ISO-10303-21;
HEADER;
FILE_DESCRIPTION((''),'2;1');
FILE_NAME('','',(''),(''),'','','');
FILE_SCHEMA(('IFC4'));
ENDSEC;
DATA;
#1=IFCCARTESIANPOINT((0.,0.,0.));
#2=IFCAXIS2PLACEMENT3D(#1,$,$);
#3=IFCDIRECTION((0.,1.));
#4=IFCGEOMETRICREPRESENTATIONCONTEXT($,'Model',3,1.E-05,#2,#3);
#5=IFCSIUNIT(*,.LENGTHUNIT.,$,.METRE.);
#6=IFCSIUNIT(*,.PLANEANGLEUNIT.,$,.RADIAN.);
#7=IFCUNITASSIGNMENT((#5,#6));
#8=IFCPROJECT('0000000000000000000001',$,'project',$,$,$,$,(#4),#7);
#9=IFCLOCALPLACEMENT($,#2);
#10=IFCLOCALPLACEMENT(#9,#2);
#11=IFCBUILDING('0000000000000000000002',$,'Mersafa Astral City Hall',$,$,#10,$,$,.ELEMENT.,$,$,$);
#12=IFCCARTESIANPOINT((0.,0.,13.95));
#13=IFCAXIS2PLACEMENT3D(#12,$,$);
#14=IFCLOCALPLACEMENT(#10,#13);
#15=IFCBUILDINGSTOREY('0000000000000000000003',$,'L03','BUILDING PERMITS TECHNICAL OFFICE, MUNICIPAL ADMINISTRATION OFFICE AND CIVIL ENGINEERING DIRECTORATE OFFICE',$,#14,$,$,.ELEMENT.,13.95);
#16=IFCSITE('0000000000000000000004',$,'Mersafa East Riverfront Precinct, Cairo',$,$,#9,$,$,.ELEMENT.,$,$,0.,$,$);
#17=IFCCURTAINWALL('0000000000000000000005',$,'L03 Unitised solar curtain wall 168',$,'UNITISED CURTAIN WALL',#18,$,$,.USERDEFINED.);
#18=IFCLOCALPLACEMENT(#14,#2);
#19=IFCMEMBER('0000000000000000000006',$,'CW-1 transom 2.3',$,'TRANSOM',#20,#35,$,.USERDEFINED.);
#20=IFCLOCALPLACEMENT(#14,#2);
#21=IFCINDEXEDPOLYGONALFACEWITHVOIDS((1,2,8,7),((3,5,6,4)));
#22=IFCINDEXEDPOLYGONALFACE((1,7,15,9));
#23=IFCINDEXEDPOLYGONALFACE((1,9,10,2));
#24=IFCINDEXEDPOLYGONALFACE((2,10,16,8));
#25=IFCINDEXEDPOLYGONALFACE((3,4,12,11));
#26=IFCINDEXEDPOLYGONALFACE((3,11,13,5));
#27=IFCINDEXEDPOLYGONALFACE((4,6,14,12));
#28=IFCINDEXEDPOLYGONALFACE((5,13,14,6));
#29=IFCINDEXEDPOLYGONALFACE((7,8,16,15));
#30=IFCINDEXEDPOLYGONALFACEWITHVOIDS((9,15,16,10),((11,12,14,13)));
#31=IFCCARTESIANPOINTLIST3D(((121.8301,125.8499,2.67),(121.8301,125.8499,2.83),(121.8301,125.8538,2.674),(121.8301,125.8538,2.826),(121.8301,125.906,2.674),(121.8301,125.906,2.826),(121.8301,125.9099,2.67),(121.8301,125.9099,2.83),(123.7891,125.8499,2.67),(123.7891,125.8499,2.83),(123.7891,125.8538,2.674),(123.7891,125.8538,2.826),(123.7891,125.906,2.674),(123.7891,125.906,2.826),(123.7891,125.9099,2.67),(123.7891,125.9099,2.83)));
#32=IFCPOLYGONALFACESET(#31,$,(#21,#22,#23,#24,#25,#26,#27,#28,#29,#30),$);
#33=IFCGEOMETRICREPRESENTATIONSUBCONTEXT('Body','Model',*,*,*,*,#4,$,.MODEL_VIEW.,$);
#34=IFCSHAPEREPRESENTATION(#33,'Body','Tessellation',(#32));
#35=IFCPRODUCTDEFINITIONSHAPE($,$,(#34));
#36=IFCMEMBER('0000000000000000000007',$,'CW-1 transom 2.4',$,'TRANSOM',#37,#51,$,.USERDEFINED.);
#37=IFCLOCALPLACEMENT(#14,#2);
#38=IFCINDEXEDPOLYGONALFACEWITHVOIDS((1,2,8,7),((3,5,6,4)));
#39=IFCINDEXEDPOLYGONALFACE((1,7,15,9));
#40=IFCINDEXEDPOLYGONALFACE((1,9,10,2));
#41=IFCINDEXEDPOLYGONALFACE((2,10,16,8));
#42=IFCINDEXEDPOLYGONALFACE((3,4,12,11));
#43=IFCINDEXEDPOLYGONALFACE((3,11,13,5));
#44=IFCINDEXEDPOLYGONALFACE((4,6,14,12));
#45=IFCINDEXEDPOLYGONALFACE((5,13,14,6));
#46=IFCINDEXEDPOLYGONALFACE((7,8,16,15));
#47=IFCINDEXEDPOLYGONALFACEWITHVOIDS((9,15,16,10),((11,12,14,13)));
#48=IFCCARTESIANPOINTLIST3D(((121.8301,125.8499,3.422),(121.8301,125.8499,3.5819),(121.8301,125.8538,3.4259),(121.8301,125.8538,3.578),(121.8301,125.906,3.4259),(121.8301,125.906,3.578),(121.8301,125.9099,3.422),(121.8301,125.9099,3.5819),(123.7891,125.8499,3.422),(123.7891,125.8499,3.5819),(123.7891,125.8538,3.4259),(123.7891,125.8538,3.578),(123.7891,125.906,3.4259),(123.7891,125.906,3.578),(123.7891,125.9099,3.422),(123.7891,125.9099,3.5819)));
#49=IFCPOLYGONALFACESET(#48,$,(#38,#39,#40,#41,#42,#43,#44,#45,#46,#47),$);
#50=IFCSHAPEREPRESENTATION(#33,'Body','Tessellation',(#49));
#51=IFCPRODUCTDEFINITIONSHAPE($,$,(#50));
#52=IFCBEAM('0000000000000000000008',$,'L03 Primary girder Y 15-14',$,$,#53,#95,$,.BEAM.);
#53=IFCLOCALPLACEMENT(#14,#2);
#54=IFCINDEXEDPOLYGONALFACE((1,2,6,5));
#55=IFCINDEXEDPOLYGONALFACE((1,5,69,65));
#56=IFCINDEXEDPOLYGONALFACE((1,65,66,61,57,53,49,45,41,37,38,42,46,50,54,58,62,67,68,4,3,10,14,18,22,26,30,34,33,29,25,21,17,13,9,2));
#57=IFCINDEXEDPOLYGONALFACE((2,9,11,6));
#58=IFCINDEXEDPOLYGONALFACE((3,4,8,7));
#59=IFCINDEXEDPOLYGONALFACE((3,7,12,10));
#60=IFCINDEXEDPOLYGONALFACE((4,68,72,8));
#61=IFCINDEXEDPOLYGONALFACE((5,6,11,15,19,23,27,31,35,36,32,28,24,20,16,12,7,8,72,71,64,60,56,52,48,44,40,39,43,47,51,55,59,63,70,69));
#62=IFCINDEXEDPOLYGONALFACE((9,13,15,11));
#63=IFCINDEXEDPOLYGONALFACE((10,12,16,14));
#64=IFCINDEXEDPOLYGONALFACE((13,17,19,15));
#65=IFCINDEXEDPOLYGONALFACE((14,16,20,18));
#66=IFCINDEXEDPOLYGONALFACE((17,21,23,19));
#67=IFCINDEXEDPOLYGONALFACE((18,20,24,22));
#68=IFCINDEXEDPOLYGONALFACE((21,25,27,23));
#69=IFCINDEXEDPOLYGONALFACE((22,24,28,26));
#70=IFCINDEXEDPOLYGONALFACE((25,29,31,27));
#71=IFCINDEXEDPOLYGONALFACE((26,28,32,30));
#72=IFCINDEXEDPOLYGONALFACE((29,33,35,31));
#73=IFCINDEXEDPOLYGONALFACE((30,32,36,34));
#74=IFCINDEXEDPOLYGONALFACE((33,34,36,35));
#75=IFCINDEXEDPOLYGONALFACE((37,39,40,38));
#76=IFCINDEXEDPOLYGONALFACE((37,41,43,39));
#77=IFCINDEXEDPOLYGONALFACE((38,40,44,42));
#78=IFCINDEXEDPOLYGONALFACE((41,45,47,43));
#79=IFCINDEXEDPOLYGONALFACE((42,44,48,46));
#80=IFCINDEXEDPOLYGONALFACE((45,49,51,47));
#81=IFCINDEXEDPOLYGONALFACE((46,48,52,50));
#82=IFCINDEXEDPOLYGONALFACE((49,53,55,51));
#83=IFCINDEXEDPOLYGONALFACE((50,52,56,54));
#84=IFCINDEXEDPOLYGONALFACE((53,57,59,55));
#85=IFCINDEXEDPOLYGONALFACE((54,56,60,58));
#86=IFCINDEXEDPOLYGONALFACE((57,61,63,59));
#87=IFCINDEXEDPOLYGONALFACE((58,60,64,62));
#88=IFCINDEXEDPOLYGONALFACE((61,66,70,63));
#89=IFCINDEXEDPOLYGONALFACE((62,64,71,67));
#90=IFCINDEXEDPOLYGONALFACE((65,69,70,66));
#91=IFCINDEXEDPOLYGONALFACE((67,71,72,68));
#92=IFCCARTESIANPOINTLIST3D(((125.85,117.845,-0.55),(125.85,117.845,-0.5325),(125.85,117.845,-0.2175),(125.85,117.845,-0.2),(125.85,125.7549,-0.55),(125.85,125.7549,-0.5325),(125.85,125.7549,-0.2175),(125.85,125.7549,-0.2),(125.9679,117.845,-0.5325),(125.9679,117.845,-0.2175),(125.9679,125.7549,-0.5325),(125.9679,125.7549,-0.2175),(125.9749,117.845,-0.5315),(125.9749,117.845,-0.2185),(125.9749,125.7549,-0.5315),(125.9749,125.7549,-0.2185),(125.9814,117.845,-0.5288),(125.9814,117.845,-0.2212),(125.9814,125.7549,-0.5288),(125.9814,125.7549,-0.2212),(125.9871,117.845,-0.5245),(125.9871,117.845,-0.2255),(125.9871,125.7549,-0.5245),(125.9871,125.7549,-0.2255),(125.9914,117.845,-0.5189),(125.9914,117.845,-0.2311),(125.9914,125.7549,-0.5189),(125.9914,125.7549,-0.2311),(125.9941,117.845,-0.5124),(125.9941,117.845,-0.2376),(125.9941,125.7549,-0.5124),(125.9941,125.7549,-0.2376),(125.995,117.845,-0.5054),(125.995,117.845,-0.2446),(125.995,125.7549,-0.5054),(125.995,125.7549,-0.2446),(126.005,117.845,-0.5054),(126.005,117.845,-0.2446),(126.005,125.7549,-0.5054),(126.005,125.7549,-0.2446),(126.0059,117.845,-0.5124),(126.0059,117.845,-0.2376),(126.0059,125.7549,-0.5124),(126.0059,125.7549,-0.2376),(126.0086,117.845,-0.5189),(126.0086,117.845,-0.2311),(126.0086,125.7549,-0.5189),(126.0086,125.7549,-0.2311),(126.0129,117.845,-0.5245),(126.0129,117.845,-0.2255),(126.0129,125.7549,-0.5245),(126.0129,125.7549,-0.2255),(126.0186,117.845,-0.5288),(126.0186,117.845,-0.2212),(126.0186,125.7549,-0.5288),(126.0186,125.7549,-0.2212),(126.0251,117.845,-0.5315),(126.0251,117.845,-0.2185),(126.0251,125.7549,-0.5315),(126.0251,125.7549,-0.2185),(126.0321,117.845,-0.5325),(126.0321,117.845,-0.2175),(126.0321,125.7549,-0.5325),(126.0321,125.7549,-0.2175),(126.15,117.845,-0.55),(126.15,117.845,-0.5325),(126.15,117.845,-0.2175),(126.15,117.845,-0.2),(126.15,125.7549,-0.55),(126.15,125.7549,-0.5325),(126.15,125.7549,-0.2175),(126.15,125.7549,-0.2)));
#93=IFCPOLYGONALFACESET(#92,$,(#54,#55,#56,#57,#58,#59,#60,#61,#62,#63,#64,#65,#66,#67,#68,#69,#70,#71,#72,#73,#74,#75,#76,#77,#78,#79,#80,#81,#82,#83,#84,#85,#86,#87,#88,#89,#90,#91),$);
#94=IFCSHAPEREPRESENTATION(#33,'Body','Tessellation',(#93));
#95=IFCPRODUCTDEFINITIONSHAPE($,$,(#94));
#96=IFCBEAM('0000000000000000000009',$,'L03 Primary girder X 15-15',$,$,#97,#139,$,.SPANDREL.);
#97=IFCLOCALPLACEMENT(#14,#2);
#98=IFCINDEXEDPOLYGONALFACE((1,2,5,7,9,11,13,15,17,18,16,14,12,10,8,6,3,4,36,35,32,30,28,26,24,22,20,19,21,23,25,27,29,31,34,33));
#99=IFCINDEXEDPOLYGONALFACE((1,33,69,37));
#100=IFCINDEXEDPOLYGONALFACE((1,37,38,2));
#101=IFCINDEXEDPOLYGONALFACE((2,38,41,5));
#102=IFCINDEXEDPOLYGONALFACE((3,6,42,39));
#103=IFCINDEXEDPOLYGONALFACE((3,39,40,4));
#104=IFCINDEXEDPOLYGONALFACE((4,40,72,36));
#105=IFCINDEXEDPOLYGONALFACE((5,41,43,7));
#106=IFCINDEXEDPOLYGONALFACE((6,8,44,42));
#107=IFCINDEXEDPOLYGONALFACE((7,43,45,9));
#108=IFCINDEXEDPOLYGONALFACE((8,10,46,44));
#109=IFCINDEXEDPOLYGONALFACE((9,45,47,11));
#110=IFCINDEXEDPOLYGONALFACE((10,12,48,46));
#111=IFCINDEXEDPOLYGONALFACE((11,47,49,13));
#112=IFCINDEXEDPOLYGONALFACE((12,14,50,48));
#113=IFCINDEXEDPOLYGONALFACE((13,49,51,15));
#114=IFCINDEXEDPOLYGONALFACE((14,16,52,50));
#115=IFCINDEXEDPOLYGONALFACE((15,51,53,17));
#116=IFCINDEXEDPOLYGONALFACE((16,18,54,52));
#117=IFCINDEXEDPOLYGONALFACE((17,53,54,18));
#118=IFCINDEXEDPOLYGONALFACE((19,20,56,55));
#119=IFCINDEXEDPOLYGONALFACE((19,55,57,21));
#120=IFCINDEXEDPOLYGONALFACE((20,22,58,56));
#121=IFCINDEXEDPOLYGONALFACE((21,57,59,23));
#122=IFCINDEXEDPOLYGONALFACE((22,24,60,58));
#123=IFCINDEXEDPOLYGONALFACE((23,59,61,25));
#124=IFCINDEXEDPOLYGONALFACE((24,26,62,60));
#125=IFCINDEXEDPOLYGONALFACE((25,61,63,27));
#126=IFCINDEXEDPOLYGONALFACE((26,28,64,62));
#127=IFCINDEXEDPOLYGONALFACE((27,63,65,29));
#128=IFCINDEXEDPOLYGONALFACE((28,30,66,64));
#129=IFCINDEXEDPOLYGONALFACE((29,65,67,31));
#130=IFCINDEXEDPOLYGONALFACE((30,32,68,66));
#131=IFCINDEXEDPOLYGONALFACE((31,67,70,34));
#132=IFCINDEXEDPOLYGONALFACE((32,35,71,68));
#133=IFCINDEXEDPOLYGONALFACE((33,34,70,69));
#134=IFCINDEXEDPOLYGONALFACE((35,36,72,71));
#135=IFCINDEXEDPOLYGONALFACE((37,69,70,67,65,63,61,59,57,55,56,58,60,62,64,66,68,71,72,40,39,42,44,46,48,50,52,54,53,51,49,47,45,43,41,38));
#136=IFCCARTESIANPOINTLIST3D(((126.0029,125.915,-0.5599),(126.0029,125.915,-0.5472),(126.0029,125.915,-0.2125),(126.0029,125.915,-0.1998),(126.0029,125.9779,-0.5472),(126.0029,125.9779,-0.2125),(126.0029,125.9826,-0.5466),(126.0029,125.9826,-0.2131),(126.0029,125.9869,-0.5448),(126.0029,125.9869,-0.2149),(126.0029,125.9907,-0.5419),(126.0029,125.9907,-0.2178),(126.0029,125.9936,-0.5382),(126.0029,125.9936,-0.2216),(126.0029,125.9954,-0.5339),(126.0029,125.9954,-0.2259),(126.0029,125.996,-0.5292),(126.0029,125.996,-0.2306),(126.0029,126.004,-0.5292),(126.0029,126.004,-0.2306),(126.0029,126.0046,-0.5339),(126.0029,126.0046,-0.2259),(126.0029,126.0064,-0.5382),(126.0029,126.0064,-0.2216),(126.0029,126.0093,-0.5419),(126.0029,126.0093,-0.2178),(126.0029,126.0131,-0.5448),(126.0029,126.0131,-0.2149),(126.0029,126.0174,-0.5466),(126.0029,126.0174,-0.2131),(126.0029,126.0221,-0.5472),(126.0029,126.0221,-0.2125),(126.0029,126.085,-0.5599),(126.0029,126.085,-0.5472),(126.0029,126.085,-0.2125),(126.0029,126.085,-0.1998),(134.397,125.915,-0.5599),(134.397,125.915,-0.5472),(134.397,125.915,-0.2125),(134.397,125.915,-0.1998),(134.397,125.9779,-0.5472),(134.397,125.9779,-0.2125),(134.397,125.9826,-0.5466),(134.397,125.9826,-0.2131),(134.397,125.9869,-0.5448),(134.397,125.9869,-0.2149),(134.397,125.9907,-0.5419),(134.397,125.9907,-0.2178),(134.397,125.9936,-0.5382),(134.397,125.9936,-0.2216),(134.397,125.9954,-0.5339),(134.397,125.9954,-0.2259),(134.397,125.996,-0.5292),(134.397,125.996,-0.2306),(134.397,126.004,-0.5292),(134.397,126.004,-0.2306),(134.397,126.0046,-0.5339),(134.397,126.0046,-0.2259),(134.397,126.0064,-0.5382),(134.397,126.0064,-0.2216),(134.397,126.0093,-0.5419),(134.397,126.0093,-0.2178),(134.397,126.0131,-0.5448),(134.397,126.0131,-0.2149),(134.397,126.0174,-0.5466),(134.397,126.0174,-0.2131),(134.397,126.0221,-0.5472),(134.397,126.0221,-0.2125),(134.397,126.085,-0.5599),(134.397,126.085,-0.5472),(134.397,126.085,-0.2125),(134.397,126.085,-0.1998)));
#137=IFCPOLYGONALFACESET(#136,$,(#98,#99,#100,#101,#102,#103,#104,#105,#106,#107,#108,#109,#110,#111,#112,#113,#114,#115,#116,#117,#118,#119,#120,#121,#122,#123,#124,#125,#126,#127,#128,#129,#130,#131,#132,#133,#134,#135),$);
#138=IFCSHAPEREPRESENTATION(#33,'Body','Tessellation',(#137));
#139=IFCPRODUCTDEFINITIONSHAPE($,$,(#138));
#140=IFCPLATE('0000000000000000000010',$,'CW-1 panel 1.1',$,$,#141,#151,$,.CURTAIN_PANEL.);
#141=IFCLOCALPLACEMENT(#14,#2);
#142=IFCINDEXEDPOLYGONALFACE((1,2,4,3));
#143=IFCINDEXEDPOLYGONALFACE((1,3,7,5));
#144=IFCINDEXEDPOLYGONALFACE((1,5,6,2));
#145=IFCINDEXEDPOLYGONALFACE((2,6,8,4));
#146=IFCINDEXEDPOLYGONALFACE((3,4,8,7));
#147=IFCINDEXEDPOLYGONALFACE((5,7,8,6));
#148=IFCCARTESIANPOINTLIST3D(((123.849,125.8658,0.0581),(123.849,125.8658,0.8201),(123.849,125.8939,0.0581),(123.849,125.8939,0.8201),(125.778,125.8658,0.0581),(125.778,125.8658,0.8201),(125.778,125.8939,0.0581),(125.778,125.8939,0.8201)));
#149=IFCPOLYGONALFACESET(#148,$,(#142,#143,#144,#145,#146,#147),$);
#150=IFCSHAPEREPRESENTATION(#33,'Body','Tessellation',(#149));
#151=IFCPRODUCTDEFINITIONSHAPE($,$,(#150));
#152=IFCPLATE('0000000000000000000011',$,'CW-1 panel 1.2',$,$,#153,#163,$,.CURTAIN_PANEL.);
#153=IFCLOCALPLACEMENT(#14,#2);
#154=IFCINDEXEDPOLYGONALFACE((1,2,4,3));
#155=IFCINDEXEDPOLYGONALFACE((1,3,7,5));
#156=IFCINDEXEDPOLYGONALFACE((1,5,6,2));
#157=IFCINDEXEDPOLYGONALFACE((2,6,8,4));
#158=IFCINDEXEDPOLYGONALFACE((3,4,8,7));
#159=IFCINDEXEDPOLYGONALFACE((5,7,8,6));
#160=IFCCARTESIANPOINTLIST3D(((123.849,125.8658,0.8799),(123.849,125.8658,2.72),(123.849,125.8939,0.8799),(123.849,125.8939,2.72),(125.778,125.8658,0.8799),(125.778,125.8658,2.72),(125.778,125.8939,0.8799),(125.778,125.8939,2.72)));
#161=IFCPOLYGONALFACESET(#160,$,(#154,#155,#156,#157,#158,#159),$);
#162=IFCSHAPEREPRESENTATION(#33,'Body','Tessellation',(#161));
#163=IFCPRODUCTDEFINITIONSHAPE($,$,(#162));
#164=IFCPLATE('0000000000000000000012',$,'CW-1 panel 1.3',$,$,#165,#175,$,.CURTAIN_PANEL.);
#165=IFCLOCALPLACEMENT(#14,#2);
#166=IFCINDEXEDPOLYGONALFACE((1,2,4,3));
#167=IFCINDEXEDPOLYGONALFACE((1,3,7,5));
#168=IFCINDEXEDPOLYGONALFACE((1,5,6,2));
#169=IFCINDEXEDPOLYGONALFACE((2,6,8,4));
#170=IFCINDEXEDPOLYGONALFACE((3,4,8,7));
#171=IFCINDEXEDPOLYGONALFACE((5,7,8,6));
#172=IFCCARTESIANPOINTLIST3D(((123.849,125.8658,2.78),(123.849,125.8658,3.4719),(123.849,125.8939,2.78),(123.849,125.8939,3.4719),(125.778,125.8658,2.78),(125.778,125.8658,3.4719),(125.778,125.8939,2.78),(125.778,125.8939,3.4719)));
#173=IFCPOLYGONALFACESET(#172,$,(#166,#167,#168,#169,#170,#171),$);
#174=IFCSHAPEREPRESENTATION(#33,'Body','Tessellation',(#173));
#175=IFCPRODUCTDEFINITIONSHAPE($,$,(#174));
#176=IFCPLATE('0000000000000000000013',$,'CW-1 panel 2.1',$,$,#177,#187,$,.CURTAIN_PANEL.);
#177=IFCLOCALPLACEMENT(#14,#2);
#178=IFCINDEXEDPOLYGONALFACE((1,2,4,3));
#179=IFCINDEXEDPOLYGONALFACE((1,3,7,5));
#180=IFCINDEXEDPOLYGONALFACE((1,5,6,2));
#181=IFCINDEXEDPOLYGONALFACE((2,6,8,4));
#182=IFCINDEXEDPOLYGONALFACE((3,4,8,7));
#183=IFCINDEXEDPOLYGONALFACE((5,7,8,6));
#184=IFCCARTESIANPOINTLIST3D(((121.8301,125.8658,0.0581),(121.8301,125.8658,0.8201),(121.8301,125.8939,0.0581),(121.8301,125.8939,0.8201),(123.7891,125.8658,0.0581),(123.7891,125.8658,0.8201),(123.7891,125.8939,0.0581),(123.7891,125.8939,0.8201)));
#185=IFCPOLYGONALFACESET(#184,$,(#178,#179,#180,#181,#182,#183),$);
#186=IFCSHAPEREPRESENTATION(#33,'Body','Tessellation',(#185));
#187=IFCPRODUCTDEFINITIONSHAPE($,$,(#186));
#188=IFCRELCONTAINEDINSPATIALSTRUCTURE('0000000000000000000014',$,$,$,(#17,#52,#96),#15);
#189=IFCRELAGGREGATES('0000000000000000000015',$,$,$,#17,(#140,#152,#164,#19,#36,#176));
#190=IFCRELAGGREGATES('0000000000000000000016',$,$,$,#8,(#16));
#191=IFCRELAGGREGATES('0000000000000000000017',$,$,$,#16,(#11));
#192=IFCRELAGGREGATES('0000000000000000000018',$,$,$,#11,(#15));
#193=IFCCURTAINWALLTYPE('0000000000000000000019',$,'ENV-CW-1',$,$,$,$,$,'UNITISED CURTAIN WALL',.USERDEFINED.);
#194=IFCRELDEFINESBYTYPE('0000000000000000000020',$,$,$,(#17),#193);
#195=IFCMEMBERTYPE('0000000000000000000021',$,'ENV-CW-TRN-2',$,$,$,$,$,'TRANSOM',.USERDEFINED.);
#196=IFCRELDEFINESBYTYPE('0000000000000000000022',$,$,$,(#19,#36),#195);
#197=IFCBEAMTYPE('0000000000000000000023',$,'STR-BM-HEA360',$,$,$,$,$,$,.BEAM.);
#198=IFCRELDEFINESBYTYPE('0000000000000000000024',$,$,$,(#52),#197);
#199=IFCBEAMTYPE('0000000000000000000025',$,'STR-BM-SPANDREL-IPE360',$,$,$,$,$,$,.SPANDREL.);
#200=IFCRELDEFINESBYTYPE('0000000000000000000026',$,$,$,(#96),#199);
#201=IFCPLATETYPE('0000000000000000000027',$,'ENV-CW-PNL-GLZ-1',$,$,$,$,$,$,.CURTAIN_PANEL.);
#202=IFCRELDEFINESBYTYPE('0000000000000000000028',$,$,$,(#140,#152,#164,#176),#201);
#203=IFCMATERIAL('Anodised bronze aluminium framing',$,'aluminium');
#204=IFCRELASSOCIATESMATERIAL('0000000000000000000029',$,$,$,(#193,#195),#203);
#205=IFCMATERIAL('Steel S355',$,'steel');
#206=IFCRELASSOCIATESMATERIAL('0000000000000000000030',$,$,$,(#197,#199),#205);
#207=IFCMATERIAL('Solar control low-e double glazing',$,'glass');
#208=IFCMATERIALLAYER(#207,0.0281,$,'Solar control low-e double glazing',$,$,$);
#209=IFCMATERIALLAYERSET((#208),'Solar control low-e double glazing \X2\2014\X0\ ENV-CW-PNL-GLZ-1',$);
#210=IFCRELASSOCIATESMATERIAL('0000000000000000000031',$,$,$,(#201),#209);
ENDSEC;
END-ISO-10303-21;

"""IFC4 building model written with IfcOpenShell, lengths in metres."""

from ifc_helpers import new_model, si_unit, direction, frame, origin, origin_2d, place, context, subcontext, project, spatial, rectangle, hollow_rectangle, i_section, extrude, material, layer, layer_set, material_profile, profile_set, type_object, element, aggregate, save


model = new_model("IFC4")

# Units and contexts
model_context = context("Model", 3, precision=1e-05, world=origin(), true_north=direction((0.0, 1.0)))
body_context = subcontext(model_context, "Body", "Model", "MODEL_VIEW")
ifc_project = project(units=[si_unit("LENGTHUNIT", "METRE"), si_unit("PLANEANGLEUNIT", "RADIAN")], contexts=[model_context])

# Site, building, storey
site_placement = place(None, origin())
site = spatial("IfcSite", under=ifc_project, at=site_placement, Name="Mersafa East Riverfront Precinct, Cairo", CompositionType="ELEMENT", RefElevation=0.0)
building_placement = place(site_placement, origin())
building = spatial("IfcBuilding", under=site, at=building_placement, Name="Mersafa Astral City Hall", CompositionType="ELEMENT")
storey_placement = place(building_placement, frame((0.0, 0.0, 13.95)))
storey = spatial("IfcBuildingStorey", under=building, at=storey_placement, Name="L03", Description="BUILDING PERMITS TECHNICAL OFFICE, MUNICIPAL ADMINISTRATION OFFICE AND CIVIL ENGINEERING DIRECTORATE OFFICE", CompositionType="ELEMENT", Elevation=13.95)

# Shared definitions
ifc_material_1 = material(Name="Steel S355", Category="steel")

# Curtain wall, members
ifc_material_2 = material(Name="Anodised bronze aluminium framing", Category="aluminium")
curtain_wall_type = type_object("IfcCurtainWallType", Name="ENV-CW-1", ElementType="UNITISED CURTAIN WALL", PredefinedType="USERDEFINED", material=ifc_material_2)
curtain_wall_placement = place(storey_placement, origin())
curtain_wall = element("IfcCurtainWall", 1, at=curtain_wall_placement, inside=storey, type_object=curtain_wall_type, Name="L03 Unitised solar curtain wall 168", ObjectType="UNITISED CURTAIN WALL", PredefinedType="USERDEFINED")
ifc_material_profile_1 = material_profile(ifc_material_2, hollow_rectangle(XDim=0.0601, YDim=0.1599, WallThickness=0.0039, at=origin_2d()), Name="RHS 60x160x4")
ifc_profile_set_1 = profile_set([ifc_material_profile_1], Name="Anodised bronze aluminium framing")
member_type_1 = type_object("IfcMemberType", Name="ENV-CW-TRN-2", ElementType="TRANSOM", PredefinedType="USERDEFINED", material=ifc_profile_set_1)
member_1_placement = place(storey_placement, frame((123.7891, 125.8799, 2.75), z_axis=(-1.0, 0.0, 0.0), x_axis=(0.0, -1.0, 0.0)))
member_1 = element("IfcMember", 2, at=member_1_placement, type_object=member_type_1, Name="CW-1 transom 2.3", ObjectType="TRANSOM", PredefinedType="USERDEFINED", context=body_context, shape_type="SweptSolid", body=[
    extrude(hollow_rectangle(XDim=0.0601, YDim=0.1599, WallThickness=0.0039, at=origin_2d()), origin(), (0.0, 0.0, 1.0), 1.959),
])
member_2_placement = place(storey_placement, frame((123.7891, 125.8799, 3.502), z_axis=(-1.0, 0.0, 0.0), x_axis=(0.0, -1.0, 0.0)))
member_2 = element("IfcMember", 3, at=member_2_placement, type_object=member_type_1, Name="CW-1 transom 2.4", ObjectType="TRANSOM", PredefinedType="USERDEFINED", context=body_context, shape_type="SweptSolid", body=[
    extrude(hollow_rectangle(XDim=0.0601, YDim=0.1599, WallThickness=0.0039, at=origin_2d()), origin(), (0.0, 0.0, 1.0), 1.959),
])

# Beams
ifc_material_profile_2 = material_profile(ifc_material_1, i_section(OverallWidth=0.3, OverallDepth=0.3501, WebThickness=0.01, FlangeThickness=0.0176, FilletRadius=0.0271, at=origin_2d()), Name="HEA 360")
ifc_profile_set_2 = profile_set([ifc_material_profile_2], Name="Steel S355")
beam_type_1 = type_object("IfcBeamType", Name="STR-BM-HEA360", PredefinedType="BEAM", material=ifc_profile_set_2)
beam_1_placement = place(storey_placement, frame((126.0, 117.845, -0.375), z_axis=(0.0, 1.0, 0.0), x_axis=(-1.0, 0.0, 0.0)))
element("IfcBeam", 4, at=beam_1_placement, inside=storey, type_object=beam_type_1, Name="L03 Primary girder Y 15-14", PredefinedType="BEAM", context=body_context, shape_type="SweptSolid", body=[
    extrude(i_section(OverallWidth=0.3, OverallDepth=0.3501, WebThickness=0.01, FlangeThickness=0.0176, FilletRadius=0.0271, at=origin_2d()), origin(), (0.0, 0.0, 1.0), 7.9099),
])
ifc_material_profile_3 = material_profile(ifc_material_1, i_section(OverallWidth=0.1699, OverallDepth=0.3601, WebThickness=0.0081, FlangeThickness=0.0127, FilletRadius=0.0181, at=origin_2d()), Name="IPE 360")
ifc_profile_set_3 = profile_set([ifc_material_profile_3], Name="Steel S355")
beam_type_2 = type_object("IfcBeamType", Name="STR-BM-SPANDREL-IPE360", PredefinedType="SPANDREL", material=ifc_profile_set_3)
beam_2_placement = place(storey_placement, frame((126.0029, 126.0, -0.3799), z_axis=(1.0, 0.0, 0.0), x_axis=(0.0, 1.0, 0.0)))
element("IfcBeam", 5, at=beam_2_placement, inside=storey, type_object=beam_type_2, Name="L03 Primary girder X 15-15", PredefinedType="SPANDREL", context=body_context, shape_type="SweptSolid", body=[
    extrude(i_section(OverallWidth=0.1699, OverallDepth=0.3601, WebThickness=0.0081, FlangeThickness=0.0127, FilletRadius=0.0181, at=origin_2d()), origin(), (0.0, 0.0, 1.0), 8.394),
])

# Plates
ifc_material_3 = material(Name="Solar control low-e double glazing", Category="glass")
ifc_layer_1 = layer(ifc_material_3, 0.0281, Name="Solar control low-e double glazing")
ifc_layer_set_1 = layer_set([ifc_layer_1], Name="Solar control low-e double glazing — ENV-CW-PNL-GLZ-1")
plate_type = type_object("IfcPlateType", Name="ENV-CW-PNL-GLZ-1", PredefinedType="CURTAIN_PANEL", material=ifc_layer_set_1)
plate_1_placement = place(storey_placement, frame((124.8135, 125.8799, 0.0581), z_axis=(0.0, 0.0, 1.0), x_axis=(-1.0, 0.0, 0.0)))
plate_1 = element("IfcPlate", 6, at=plate_1_placement, type_object=plate_type, Name="CW-1 panel 1.1", PredefinedType="CURTAIN_PANEL", context=body_context, shape_type="SweptSolid", body=[
    extrude(rectangle(XDim=1.929, YDim=0.0281, at=origin_2d()), origin(), (0.0, 0.0, 1.0), 0.762),
])
plate_2_placement = place(storey_placement, frame((124.8135, 125.8799, 0.8799), z_axis=(0.0, 0.0, 1.0), x_axis=(-1.0, 0.0, 0.0)))
plate_2 = element("IfcPlate", 7, at=plate_2_placement, type_object=plate_type, Name="CW-1 panel 1.2", PredefinedType="CURTAIN_PANEL", context=body_context, shape_type="SweptSolid", body=[
    extrude(rectangle(XDim=1.929, YDim=0.0281, at=origin_2d()), origin(), (0.0, 0.0, 1.0), 1.8401),
])
plate_3_placement = place(storey_placement, frame((124.8135, 125.8799, 2.78), z_axis=(0.0, 0.0, 1.0), x_axis=(-1.0, 0.0, 0.0)))
plate_3 = element("IfcPlate", 8, at=plate_3_placement, type_object=plate_type, Name="CW-1 panel 1.3", PredefinedType="CURTAIN_PANEL", context=body_context, shape_type="SweptSolid", body=[
    extrude(rectangle(XDim=1.929, YDim=0.0281, at=origin_2d()), origin(), (0.0, 0.0, 1.0), 0.6919),
])
plate_4_placement = place(storey_placement, frame((122.8096, 125.8799, 0.0581), z_axis=(0.0, 0.0, 1.0), x_axis=(-1.0, 0.0, 0.0)))
plate_4 = element("IfcPlate", 9, at=plate_4_placement, type_object=plate_type, Name="CW-1 panel 2.1", PredefinedType="CURTAIN_PANEL", context=body_context, shape_type="SweptSolid", body=[
    extrude(rectangle(XDim=1.959, YDim=0.0281, at=origin_2d()), origin(), (0.0, 0.0, 1.0), 0.762),
])
aggregate(curtain_wall, [plate_1, plate_2, plate_3, member_1, member_2, plate_4])

save(model, "model.ifc")
